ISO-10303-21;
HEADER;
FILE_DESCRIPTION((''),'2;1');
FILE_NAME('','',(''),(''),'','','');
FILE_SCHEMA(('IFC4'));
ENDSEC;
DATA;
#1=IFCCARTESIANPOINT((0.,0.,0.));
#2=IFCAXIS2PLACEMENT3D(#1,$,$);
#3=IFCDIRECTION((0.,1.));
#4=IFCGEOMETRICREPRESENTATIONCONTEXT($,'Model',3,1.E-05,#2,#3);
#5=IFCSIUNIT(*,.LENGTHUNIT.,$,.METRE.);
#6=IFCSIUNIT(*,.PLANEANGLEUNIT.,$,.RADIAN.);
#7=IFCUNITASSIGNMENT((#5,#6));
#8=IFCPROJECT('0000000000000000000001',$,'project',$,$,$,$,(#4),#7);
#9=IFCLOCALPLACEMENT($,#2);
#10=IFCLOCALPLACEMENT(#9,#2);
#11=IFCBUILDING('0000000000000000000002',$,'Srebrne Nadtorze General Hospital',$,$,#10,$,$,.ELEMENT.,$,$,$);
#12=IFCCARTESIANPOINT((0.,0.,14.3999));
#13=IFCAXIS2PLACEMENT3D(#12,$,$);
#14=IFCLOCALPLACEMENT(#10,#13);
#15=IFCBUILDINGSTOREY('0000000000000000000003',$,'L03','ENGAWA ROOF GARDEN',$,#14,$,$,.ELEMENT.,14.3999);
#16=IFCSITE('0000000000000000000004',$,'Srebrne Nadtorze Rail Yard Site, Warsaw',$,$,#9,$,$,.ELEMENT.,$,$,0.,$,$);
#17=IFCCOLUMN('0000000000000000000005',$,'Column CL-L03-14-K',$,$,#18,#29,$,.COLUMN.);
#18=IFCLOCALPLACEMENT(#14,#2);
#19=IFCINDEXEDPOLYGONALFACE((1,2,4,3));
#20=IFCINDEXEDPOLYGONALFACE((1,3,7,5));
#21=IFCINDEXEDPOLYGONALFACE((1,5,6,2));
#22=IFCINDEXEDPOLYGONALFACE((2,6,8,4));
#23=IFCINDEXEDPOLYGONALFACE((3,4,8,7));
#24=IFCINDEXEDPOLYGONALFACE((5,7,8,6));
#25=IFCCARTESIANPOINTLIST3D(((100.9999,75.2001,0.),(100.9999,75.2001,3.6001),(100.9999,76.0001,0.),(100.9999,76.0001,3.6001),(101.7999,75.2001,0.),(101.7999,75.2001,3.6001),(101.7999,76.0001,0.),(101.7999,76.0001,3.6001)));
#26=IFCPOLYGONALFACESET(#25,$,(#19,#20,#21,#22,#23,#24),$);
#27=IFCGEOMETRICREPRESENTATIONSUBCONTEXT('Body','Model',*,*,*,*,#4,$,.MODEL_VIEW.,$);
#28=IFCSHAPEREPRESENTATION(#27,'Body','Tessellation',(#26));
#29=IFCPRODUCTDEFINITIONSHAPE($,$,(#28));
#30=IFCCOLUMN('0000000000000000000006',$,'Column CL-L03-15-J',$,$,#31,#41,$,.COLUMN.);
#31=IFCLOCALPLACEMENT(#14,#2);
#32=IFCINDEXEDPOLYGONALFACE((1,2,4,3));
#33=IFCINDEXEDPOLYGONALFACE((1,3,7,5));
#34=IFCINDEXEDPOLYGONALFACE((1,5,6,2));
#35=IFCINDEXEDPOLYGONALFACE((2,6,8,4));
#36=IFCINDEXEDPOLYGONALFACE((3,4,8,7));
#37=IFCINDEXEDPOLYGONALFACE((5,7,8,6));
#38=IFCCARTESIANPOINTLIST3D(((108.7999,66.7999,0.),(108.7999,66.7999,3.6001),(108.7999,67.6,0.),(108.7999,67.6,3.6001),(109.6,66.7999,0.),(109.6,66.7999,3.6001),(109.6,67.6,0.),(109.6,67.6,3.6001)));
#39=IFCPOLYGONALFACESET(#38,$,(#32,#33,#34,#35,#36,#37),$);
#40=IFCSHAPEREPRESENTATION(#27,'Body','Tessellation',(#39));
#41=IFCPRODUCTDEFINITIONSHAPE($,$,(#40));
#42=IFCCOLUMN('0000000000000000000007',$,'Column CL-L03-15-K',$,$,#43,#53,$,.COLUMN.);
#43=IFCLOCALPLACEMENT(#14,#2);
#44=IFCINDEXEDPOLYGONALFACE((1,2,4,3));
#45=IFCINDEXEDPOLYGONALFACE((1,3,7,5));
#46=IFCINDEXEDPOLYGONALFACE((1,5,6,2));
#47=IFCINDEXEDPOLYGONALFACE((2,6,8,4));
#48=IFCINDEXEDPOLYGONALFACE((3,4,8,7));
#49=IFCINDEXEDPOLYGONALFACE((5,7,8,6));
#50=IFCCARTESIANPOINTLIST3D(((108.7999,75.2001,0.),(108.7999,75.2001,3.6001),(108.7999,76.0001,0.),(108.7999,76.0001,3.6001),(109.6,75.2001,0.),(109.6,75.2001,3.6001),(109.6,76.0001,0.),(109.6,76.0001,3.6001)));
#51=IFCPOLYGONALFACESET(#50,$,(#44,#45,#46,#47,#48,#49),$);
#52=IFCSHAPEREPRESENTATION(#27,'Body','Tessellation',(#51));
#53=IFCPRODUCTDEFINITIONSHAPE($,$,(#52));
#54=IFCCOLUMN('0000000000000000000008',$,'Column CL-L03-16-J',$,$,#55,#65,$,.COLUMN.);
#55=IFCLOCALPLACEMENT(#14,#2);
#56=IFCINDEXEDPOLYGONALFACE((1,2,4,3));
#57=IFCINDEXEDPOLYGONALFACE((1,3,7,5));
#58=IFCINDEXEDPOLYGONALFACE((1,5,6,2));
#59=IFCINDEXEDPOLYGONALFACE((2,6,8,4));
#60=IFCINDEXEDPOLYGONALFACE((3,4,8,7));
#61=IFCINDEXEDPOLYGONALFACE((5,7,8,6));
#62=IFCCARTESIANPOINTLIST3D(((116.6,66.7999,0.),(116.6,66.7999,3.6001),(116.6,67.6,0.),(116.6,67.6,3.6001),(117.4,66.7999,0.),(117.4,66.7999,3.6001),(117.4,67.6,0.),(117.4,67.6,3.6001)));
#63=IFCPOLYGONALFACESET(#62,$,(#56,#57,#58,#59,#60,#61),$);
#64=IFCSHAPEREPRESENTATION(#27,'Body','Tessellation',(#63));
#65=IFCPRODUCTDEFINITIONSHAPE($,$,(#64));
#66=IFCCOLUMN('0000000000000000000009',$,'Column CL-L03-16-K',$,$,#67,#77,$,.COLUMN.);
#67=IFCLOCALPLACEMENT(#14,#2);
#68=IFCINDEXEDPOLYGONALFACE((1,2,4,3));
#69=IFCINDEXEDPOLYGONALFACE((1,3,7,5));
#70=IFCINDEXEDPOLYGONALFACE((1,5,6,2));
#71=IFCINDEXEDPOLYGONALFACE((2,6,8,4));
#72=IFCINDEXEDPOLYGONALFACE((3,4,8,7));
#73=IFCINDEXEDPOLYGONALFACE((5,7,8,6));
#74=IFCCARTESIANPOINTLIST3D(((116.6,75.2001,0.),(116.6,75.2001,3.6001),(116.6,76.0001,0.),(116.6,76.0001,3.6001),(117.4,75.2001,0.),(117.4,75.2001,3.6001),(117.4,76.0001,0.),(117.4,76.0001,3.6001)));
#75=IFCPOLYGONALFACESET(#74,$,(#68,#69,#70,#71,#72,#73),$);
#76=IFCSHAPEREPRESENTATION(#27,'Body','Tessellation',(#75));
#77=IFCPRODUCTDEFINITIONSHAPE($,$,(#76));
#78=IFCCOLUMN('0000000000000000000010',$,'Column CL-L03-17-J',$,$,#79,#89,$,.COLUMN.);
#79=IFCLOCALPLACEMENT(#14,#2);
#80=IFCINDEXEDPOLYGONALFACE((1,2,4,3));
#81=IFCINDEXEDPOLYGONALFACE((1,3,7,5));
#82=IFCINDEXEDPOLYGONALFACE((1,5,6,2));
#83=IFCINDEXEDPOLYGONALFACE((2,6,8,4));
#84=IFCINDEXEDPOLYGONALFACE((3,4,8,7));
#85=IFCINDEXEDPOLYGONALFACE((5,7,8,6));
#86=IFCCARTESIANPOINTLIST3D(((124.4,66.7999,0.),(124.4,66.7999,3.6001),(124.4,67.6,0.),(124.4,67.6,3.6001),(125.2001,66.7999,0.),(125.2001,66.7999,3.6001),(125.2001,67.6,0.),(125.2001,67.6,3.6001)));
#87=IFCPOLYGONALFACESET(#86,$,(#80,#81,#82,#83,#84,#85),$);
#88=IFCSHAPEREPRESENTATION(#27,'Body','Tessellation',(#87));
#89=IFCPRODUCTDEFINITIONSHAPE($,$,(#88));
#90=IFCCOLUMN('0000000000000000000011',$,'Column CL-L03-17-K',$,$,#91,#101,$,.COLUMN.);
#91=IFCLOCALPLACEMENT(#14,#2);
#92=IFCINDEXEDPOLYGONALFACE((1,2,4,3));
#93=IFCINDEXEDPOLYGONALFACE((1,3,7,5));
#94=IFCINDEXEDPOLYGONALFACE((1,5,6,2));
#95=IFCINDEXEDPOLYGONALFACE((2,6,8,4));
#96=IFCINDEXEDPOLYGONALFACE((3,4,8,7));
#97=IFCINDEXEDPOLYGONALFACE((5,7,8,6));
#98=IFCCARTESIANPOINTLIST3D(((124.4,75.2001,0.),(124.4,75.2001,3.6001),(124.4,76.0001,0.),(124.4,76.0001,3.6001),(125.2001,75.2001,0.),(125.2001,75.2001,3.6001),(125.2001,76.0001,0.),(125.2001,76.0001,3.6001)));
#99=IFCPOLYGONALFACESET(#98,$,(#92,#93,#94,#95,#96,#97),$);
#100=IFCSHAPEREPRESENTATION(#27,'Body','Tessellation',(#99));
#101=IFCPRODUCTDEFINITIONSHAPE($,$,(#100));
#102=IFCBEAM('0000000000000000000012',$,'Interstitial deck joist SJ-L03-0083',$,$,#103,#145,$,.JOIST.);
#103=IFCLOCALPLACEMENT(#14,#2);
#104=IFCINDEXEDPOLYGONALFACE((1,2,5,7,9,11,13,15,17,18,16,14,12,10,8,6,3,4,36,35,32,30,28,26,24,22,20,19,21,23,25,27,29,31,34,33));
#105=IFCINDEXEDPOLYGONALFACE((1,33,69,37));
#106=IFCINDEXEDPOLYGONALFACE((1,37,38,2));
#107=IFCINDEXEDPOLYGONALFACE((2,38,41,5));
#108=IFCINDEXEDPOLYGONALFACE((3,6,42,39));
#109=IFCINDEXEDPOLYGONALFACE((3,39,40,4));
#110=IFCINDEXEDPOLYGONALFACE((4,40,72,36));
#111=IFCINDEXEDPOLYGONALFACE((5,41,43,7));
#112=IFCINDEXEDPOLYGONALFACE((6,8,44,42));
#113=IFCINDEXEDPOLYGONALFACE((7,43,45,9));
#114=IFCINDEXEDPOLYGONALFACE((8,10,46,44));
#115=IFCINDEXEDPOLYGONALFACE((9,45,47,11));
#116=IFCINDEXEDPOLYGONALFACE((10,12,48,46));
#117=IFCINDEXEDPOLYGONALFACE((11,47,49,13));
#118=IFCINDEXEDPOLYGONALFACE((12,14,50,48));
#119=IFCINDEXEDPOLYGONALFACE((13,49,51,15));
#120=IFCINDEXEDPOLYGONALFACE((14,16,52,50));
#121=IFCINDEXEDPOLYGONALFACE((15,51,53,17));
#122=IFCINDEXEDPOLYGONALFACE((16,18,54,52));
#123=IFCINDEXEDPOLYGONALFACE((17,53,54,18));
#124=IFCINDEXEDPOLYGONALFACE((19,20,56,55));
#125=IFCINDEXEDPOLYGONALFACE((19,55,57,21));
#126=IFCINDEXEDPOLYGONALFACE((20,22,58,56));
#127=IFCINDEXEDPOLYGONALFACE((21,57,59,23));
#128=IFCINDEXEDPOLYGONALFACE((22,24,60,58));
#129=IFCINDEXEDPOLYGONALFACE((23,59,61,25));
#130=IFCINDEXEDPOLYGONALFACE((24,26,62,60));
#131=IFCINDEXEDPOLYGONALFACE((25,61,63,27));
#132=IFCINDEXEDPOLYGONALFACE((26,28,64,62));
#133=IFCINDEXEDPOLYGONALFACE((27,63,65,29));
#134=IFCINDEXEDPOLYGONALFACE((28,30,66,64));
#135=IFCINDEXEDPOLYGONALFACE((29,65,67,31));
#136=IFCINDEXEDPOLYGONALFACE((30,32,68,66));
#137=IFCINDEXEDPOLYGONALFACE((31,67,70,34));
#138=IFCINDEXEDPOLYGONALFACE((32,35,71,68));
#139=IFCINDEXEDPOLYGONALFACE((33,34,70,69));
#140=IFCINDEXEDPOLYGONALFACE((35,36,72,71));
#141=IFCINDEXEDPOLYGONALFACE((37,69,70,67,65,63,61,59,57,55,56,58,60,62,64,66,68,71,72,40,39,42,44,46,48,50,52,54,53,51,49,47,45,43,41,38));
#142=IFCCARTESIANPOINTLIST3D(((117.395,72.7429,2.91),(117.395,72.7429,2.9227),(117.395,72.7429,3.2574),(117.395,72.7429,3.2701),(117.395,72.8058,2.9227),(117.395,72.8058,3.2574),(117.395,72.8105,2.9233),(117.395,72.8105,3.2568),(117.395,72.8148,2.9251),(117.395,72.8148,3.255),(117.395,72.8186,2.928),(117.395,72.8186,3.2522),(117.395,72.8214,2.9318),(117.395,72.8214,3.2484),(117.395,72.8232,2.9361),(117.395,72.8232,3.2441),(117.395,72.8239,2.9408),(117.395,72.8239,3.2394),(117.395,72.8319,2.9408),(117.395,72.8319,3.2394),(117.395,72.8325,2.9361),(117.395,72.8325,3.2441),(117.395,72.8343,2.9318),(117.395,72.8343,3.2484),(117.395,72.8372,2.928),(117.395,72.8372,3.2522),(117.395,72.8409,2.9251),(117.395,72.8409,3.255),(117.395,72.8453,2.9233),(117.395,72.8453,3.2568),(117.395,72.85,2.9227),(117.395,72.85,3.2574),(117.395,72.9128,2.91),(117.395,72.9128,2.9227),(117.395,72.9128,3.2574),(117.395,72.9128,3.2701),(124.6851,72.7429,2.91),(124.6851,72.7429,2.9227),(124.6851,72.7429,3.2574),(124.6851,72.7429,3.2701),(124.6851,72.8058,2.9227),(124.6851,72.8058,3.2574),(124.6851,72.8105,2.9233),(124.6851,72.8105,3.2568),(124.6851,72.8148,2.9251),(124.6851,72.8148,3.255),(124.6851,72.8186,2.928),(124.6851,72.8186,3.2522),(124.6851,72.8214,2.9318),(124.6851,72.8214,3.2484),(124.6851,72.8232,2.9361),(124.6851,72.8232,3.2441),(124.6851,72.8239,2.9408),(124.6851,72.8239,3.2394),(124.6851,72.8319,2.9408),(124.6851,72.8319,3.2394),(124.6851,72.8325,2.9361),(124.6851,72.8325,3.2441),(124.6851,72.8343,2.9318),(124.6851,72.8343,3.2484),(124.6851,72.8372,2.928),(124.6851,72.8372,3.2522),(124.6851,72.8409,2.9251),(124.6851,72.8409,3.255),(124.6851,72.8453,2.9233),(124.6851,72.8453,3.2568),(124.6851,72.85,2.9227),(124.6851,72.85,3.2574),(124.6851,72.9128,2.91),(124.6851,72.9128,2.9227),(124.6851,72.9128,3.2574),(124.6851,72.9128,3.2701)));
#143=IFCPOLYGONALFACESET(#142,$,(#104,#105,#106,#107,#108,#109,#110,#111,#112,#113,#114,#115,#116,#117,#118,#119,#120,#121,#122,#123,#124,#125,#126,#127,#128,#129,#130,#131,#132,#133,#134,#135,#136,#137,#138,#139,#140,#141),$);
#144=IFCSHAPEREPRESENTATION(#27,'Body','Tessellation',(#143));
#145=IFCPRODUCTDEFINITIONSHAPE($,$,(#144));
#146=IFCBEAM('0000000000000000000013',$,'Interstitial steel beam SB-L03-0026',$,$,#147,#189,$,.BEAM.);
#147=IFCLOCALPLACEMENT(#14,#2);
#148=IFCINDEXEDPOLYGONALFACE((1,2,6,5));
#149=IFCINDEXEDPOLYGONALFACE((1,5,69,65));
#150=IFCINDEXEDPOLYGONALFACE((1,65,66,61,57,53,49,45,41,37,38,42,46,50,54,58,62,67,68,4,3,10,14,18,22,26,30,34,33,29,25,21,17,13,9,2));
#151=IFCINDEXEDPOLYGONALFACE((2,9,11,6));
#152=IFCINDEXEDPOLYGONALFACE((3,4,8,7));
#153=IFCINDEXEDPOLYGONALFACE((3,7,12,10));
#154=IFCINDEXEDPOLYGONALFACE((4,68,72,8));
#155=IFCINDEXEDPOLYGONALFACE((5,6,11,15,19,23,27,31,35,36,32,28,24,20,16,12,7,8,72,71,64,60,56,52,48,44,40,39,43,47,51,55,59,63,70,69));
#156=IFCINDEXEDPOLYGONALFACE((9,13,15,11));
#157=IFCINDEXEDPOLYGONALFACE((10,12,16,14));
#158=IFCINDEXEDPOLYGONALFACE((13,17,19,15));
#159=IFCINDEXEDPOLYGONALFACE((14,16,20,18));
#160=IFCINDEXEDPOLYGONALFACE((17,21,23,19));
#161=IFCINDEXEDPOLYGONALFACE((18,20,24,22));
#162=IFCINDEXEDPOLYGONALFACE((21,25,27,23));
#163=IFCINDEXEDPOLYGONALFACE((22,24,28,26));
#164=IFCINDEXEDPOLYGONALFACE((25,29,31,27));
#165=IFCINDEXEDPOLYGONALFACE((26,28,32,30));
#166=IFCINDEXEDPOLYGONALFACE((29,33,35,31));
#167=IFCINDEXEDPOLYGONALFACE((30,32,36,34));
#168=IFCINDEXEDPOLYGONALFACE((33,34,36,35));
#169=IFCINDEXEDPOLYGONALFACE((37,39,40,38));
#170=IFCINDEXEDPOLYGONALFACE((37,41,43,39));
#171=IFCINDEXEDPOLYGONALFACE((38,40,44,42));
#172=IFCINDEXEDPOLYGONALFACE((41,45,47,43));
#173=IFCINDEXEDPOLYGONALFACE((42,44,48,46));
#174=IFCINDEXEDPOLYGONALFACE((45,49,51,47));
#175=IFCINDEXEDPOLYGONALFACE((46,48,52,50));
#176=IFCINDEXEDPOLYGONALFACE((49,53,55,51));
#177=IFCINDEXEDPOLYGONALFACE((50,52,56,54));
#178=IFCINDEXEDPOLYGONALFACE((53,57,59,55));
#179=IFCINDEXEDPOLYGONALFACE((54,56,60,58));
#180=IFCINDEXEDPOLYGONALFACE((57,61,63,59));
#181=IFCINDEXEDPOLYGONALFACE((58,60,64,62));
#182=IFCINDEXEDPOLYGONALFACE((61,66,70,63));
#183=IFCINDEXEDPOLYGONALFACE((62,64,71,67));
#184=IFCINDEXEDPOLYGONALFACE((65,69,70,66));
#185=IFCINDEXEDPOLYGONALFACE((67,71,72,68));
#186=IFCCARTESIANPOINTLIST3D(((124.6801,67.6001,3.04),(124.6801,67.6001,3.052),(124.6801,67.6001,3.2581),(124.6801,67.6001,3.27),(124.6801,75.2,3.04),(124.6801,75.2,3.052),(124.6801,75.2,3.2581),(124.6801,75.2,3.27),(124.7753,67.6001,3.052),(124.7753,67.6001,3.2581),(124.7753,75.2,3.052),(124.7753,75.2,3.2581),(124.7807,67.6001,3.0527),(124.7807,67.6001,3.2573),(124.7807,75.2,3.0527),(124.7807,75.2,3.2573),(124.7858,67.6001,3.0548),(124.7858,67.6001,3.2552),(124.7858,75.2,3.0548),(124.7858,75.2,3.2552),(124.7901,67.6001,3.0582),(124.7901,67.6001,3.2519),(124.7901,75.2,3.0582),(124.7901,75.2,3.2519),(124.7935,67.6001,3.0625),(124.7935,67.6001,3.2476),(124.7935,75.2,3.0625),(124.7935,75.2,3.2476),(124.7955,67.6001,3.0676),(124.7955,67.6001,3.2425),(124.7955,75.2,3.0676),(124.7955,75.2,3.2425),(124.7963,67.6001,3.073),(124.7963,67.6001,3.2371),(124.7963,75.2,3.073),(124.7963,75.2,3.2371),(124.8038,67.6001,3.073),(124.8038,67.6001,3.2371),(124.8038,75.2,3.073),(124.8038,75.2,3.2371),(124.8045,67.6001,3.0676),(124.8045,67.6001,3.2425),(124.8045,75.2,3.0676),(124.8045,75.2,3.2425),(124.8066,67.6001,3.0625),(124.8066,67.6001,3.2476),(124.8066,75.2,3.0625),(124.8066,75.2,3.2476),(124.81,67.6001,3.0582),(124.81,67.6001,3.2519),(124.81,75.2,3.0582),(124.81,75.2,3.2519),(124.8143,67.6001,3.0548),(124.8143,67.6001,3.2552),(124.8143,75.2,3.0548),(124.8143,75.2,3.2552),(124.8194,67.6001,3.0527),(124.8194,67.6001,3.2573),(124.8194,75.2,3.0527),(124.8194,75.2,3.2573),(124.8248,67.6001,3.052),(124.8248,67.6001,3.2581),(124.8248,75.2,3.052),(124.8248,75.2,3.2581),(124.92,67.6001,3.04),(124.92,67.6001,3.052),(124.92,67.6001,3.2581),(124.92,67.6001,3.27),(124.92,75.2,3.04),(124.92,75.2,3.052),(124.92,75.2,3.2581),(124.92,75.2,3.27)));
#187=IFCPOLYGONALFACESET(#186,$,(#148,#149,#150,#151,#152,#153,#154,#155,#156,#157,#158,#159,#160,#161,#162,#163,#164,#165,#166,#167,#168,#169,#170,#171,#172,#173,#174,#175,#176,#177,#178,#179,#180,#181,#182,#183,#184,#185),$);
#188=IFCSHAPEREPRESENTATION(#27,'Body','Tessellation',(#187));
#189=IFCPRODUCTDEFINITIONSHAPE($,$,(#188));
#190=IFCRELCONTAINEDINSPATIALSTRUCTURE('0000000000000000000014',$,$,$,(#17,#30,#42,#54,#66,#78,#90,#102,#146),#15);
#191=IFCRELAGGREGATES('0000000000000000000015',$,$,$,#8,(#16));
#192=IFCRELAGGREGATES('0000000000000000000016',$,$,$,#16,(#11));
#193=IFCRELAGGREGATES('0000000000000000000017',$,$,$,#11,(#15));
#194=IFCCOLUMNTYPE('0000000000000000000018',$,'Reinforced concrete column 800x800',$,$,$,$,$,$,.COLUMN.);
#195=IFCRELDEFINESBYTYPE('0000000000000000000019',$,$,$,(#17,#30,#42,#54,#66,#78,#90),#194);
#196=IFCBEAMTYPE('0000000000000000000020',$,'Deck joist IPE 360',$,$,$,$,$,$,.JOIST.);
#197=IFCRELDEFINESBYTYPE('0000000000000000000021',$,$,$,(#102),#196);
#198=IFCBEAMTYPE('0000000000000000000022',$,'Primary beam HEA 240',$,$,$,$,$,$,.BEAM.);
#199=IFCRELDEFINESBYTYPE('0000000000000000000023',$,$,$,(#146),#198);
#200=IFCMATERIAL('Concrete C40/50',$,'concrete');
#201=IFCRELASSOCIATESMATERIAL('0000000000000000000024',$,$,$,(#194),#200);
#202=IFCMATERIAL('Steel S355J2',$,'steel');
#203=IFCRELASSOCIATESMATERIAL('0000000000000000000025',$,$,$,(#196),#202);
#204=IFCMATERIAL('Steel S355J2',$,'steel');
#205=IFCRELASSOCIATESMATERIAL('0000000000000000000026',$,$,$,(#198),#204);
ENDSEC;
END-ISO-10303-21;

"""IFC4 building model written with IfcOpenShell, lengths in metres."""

from ifc_helpers import new_model, si_unit, direction, frame, origin, origin_2d, place, context, subcontext, project, spatial, rectangle, i_section, extrude, material, material_profile, profile_set, type_object, element, save


model = new_model("IFC4")

# Units and contexts
model_context = context("Model", 3, precision=1e-05, world=origin(), true_north=direction((0.0, 1.0)))
body_context = subcontext(model_context, "Body", "Model", "MODEL_VIEW")
ifc_project = project(units=[si_unit("LENGTHUNIT", "METRE"), si_unit("PLANEANGLEUNIT", "RADIAN")], contexts=[model_context])

# Site, building, storey
site_placement = place(None, origin())
site = spatial("IfcSite", under=ifc_project, at=site_placement, Name="Srebrne Nadtorze Rail Yard Site, Warsaw", CompositionType="ELEMENT", RefElevation=0.0)
building_placement = place(site_placement, origin())
building = spatial("IfcBuilding", under=site, at=building_placement, Name="Srebrne Nadtorze General Hospital", CompositionType="ELEMENT")
storey_placement = place(building_placement, frame((0.0, 0.0, 14.3999)))
storey = spatial("IfcBuildingStorey", under=building, at=storey_placement, Name="L03", Description="ENGAWA ROOF GARDEN", CompositionType="ELEMENT", Elevation=14.3999)

# Columns
ifc_material_1 = material(Name="Concrete C40/50", Category="concrete")
ifc_material_profile_1 = material_profile(ifc_material_1, rectangle(XDim=0.8, YDim=0.8, at=origin_2d()), Name="RC-COL-800x800")
ifc_profile_set_1 = profile_set([ifc_material_profile_1], Name="Concrete C40/50")
column_type = type_object("IfcColumnType", Name="Reinforced concrete column 800x800", PredefinedType="COLUMN", material=ifc_profile_set_1)
for number, where, z_axis, x_axis, name in (
    (1, (101.3999, 75.6001, 0.0), (0.0, 0.0, 1.0), (1.0, 0.0, 0.0), "Column CL-L03-14-K"),
    (2, (109.2, 67.2, 0.0), (0.0, 0.0, 1.0), (1.0, 0.0, 0.0), "Column CL-L03-15-J"),
    (3, (109.2, 75.6001, 0.0), (0.0, 0.0, 1.0), (1.0, 0.0, 0.0), "Column CL-L03-15-K"),
    (4, (117.0, 67.2, 0.0), (0.0, 0.0, 1.0), (1.0, 0.0, 0.0), "Column CL-L03-16-J"),
    (5, (117.0, 75.6001, 0.0), (0.0, 0.0, 1.0), (1.0, 0.0, 0.0), "Column CL-L03-16-K"),
    (6, (124.8, 67.2, 0.0), (0.0, 0.0, 1.0), (1.0, 0.0, 0.0), "Column CL-L03-17-J"),
    (7, (124.8, 75.6001, 0.0), (0.0, 0.0, 1.0), (1.0, 0.0, 0.0), "Column CL-L03-17-K"),
):
    element("IfcColumn", number, at=place(storey_placement, frame(where, z_axis=z_axis, x_axis=x_axis)), inside=storey, type_object=column_type, Name=name, PredefinedType="COLUMN", context=body_context, shape_type="SweptSolid", body=[
        extrude(rectangle(XDim=0.8, YDim=0.8, at=origin_2d()), origin(), (0.0, 0.0, 1.0), 3.6001),
    ])

# Beams
ifc_material_2 = material(Name="Steel S355J2", Category="steel")
ifc_material_profile_2 = material_profile(ifc_material_2, i_section(OverallWidth=0.1699, OverallDepth=0.3601, WebThickness=0.0081, FlangeThickness=0.0127, FilletRadius=0.0181, at=origin_2d()), Name="IPE-360")
ifc_profile_set_2 = profile_set([ifc_material_profile_2], Name="Steel S355J2")
beam_type_1 = type_object("IfcBeamType", Name="Deck joist IPE 360", PredefinedType="JOIST", material=ifc_profile_set_2)
beam_1_placement = place(storey_placement, frame((117.395, 72.8279, 3.0901), z_axis=(1.0, 0.0, 0.0), x_axis=(0.0, 1.0, 0.0)))
element("IfcBeam", 8, at=beam_1_placement, inside=storey, type_object=beam_type_1, Name="Interstitial deck joist SJ-L03-0083", PredefinedType="JOIST", context=body_context, shape_type="SweptSolid", body=[
    extrude(i_section(OverallWidth=0.1699, OverallDepth=0.3601, WebThickness=0.0081, FlangeThickness=0.0127, FilletRadius=0.0181, at=origin_2d()), origin(), (0.0, 0.0, 1.0), 7.29),
])
ifc_material_3 = material(Name="Steel S355J2", Category="steel")
ifc_material_profile_3 = material_profile(ifc_material_3, i_section(OverallWidth=0.24, OverallDepth=0.23, WebThickness=0.0076, FlangeThickness=0.012, FilletRadius=0.021, at=origin_2d()), Name="HEA-240")
ifc_profile_set_3 = profile_set([ifc_material_profile_3], Name="Steel S355J2")
beam_type_2 = type_object("IfcBeamType", Name="Primary beam HEA 240", PredefinedType="BEAM", material=ifc_profile_set_3)
beam_2_placement = place(storey_placement, frame((124.8, 67.6001, 3.155), z_axis=(0.0, 1.0, 0.0), x_axis=(-1.0, 0.0, 0.0)))
element("IfcBeam", 9, at=beam_2_placement, inside=storey, type_object=beam_type_2, Name="Interstitial steel beam SB-L03-0026", PredefinedType="BEAM", context=body_context, shape_type="SweptSolid", body=[
    extrude(i_section(OverallWidth=0.24, OverallDepth=0.23, WebThickness=0.0076, FlangeThickness=0.012, FilletRadius=0.021, at=origin_2d()), origin(), (0.0, 0.0, 1.0), 7.5999),
])

save(model, "model.ifc")
